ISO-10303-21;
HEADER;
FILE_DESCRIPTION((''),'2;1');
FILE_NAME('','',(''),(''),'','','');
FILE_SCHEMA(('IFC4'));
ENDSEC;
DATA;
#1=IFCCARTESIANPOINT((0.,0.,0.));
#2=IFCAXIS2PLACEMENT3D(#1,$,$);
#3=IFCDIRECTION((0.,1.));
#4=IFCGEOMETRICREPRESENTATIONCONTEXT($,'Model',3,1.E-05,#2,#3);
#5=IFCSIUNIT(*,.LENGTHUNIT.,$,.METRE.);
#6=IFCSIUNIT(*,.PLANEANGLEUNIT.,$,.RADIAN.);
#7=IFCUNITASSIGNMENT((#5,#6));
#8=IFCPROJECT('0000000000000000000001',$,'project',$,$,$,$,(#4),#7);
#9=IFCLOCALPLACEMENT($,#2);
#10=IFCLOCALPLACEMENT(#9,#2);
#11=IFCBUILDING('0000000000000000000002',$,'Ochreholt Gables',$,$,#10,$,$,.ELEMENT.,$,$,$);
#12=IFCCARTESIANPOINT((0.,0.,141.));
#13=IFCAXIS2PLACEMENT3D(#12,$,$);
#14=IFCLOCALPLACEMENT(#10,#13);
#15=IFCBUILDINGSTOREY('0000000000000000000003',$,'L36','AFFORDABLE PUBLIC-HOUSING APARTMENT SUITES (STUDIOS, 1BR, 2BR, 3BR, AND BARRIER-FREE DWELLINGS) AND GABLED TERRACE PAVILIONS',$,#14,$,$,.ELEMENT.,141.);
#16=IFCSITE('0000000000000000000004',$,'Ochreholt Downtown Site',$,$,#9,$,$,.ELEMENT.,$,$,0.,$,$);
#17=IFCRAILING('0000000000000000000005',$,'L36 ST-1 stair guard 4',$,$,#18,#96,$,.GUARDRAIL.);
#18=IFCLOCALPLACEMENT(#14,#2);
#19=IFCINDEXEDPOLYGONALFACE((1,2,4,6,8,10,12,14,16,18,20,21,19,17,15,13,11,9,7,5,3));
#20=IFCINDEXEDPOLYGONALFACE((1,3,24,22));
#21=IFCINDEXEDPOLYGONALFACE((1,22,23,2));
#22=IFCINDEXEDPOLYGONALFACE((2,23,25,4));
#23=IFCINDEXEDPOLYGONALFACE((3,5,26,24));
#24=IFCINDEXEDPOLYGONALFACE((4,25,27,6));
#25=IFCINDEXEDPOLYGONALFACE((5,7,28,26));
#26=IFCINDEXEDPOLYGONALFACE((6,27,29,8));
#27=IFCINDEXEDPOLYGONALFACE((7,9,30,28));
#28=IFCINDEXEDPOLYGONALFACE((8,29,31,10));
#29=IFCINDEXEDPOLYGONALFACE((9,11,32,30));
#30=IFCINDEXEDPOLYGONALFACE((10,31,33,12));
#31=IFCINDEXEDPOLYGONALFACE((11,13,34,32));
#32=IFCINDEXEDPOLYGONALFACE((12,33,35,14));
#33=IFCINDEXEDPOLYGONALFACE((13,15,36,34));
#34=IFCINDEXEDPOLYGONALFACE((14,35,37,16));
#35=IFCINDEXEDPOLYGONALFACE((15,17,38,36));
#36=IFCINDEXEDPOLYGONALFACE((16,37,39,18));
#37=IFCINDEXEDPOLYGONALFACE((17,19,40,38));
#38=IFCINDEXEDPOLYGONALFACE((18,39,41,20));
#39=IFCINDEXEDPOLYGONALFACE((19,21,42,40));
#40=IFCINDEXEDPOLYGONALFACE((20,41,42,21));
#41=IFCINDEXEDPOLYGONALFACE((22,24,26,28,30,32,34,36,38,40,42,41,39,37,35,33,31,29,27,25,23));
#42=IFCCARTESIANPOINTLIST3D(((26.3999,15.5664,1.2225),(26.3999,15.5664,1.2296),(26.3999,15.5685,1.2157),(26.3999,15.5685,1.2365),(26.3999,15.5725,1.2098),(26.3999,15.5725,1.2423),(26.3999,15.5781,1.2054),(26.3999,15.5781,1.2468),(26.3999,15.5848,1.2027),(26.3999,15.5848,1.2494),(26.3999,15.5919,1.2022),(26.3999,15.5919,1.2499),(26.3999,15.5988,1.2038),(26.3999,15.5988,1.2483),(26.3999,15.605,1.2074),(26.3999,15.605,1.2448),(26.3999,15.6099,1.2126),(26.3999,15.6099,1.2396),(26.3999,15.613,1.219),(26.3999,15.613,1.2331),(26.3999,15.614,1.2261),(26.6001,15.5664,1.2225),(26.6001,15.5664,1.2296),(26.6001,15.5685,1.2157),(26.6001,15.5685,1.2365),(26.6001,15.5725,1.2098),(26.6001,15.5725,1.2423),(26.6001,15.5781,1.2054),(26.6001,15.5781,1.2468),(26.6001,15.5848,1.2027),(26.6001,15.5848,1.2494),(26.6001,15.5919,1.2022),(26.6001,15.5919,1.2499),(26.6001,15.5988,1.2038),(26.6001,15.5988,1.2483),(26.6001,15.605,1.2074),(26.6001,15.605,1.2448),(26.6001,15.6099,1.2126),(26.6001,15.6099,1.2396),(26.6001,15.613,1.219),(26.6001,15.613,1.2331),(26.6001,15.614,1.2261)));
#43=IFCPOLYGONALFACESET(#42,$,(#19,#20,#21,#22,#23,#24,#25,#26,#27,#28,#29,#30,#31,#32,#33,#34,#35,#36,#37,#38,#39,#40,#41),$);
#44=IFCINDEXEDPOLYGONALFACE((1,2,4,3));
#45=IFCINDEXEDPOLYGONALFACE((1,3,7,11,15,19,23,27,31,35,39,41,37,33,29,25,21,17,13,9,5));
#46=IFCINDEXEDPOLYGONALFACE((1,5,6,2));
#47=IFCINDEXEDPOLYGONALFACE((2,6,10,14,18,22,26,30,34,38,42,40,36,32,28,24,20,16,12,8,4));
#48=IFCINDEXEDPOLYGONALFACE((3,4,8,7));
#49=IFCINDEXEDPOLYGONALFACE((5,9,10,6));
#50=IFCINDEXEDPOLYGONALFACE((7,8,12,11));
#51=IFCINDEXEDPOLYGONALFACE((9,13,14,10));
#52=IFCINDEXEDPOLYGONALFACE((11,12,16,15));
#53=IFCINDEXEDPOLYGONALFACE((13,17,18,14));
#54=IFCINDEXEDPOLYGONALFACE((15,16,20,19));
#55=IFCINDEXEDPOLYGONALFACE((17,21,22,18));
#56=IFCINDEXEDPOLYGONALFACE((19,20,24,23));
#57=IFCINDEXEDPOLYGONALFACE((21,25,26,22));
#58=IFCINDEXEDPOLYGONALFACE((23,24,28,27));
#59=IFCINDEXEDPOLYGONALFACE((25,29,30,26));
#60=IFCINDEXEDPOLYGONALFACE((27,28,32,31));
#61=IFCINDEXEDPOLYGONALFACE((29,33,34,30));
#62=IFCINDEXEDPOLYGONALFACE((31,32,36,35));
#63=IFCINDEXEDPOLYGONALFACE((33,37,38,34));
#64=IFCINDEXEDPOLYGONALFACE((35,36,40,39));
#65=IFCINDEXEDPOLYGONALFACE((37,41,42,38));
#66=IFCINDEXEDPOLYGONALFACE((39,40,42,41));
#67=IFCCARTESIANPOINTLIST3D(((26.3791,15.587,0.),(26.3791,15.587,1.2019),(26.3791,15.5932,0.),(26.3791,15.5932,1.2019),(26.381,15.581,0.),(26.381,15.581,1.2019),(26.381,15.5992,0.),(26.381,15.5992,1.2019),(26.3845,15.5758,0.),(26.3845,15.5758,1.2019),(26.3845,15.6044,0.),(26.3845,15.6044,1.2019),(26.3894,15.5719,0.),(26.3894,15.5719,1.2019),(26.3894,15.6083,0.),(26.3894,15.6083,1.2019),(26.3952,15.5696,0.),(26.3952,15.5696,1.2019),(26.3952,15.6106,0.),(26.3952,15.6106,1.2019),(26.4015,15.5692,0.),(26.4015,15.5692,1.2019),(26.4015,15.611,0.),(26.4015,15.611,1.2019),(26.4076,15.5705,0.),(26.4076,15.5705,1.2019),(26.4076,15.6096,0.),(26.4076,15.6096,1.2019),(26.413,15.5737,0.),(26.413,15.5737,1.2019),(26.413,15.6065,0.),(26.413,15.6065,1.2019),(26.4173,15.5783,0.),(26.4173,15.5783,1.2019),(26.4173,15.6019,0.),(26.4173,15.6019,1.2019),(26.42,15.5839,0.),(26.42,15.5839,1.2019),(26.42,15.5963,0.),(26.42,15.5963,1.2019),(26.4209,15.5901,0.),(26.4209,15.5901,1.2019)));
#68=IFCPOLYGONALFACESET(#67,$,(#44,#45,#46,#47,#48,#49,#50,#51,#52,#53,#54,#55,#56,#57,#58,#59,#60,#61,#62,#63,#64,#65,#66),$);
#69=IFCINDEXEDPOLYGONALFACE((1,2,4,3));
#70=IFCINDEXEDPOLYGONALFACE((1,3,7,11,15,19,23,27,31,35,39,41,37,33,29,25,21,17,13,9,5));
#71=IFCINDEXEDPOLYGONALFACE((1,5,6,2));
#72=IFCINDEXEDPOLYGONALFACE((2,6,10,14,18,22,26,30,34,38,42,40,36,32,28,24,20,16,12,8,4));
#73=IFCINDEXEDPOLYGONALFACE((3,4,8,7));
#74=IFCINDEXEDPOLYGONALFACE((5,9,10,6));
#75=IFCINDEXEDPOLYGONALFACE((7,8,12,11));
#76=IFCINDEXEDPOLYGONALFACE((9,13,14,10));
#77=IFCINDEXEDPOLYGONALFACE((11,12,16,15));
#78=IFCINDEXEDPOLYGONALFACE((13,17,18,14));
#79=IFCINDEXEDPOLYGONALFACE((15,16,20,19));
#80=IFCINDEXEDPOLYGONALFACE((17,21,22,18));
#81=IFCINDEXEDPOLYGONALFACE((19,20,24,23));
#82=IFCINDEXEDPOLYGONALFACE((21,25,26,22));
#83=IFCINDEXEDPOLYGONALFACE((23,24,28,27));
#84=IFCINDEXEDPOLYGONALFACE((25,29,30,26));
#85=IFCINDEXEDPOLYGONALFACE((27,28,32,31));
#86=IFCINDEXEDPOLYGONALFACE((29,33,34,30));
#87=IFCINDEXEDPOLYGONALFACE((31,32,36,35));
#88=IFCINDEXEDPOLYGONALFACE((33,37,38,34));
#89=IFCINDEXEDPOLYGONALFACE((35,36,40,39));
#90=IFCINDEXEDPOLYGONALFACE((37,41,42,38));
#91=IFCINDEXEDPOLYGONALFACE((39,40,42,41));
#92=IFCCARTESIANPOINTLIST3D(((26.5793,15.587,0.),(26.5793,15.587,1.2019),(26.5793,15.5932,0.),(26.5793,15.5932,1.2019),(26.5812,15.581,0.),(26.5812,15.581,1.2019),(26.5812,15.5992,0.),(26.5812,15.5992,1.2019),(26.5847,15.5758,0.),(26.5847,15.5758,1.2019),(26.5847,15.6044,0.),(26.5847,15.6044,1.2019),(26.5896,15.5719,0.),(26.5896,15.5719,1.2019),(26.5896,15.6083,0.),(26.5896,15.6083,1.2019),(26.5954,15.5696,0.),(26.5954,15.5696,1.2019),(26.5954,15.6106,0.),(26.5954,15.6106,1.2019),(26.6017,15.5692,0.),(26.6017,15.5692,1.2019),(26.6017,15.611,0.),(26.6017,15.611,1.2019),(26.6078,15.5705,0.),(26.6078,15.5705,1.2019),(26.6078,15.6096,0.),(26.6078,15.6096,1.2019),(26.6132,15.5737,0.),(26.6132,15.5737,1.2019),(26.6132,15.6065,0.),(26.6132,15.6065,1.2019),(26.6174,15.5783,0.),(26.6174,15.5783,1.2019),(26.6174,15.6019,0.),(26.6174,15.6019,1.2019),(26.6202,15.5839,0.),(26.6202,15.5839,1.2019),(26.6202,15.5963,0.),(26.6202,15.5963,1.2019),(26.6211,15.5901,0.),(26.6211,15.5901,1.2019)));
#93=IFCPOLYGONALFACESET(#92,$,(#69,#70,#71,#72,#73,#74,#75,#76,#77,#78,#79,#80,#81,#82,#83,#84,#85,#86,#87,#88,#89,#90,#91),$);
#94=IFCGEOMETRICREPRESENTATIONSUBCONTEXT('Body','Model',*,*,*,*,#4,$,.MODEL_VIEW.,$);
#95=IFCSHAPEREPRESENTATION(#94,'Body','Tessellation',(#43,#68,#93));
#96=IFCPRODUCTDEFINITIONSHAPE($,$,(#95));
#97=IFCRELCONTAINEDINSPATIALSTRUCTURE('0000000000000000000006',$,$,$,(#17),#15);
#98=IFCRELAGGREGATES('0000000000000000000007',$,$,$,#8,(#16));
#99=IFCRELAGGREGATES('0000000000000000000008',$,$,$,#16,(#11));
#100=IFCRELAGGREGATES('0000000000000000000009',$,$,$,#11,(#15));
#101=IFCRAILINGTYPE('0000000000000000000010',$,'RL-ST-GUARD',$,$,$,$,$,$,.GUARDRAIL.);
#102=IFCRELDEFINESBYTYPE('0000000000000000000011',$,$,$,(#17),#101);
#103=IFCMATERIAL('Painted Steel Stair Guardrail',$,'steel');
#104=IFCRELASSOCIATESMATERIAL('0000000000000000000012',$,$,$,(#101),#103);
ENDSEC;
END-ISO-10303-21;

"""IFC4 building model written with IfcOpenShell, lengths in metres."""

from ifc_helpers import new_model, si_unit, direction, frame, origin, origin_2d, place, context, subcontext, project, spatial, circle, extrude, material, type_object, element, save


model = new_model("IFC4")

# Units and contexts
model_context = context("Model", 3, precision=1e-05, world=origin(), true_north=direction((0.0, 1.0)))
body_context = subcontext(model_context, "Body", "Model", "MODEL_VIEW")
ifc_project = project(units=[si_unit("LENGTHUNIT", "METRE"), si_unit("PLANEANGLEUNIT", "RADIAN")], contexts=[model_context])

# Site, building, storey
site_placement = place(None, origin())
site = spatial("IfcSite", under=ifc_project, at=site_placement, Name="Ochreholt Downtown Site", CompositionType="ELEMENT", RefElevation=0.0)
building_placement = place(site_placement, origin())
building = spatial("IfcBuilding", under=site, at=building_placement, Name="Ochreholt Gables", CompositionType="ELEMENT")
storey_placement = place(building_placement, frame((0.0, 0.0, 141.0)))
storey = spatial("IfcBuildingStorey", under=building, at=storey_placement, Name="L36", Description="AFFORDABLE PUBLIC-HOUSING APARTMENT SUITES (STUDIOS, 1BR, 2BR, 3BR, AND BARRIER-FREE DWELLINGS) AND GABLED TERRACE PAVILIONS", CompositionType="ELEMENT", Elevation=141.0)

# Railing
ifc_material_1 = material(Name="Painted Steel Stair Guardrail", Category="steel")
railing_type_1 = type_object("IfcRailingType", Name="RL-ST-GUARD", PredefinedType="GUARDRAIL", material=ifc_material_1)
railing_1_placement = place(storey_placement, frame((26.3999, 15.5901, 0.0)))
element("IfcRailing", 1, at=railing_1_placement, inside=storey, type_object=railing_type_1, Name="L36 ST-1 stair guard 4", PredefinedType="GUARDRAIL", context=body_context, shape_type="SweptSolid", body=[
    extrude(circle(Radius=0.0239, at=origin_2d()), frame((0.0, 0.0, 1.2261), z_axis=(1.0, 0.0, 0.0), x_axis=(0.0, 1.0, 0.0)), (0.0, 0.0, 1.0), 0.2002),
    extrude(circle(Radius=0.021, at=origin_2d()), origin(), (0.0, 0.0, 1.0), 1.2019),
    extrude(circle(Radius=0.021, at=origin_2d()), frame((0.2002, 0.0, 0.0)), (0.0, 0.0, 1.0), 1.2019),
])

save(model, "model.ifc")
